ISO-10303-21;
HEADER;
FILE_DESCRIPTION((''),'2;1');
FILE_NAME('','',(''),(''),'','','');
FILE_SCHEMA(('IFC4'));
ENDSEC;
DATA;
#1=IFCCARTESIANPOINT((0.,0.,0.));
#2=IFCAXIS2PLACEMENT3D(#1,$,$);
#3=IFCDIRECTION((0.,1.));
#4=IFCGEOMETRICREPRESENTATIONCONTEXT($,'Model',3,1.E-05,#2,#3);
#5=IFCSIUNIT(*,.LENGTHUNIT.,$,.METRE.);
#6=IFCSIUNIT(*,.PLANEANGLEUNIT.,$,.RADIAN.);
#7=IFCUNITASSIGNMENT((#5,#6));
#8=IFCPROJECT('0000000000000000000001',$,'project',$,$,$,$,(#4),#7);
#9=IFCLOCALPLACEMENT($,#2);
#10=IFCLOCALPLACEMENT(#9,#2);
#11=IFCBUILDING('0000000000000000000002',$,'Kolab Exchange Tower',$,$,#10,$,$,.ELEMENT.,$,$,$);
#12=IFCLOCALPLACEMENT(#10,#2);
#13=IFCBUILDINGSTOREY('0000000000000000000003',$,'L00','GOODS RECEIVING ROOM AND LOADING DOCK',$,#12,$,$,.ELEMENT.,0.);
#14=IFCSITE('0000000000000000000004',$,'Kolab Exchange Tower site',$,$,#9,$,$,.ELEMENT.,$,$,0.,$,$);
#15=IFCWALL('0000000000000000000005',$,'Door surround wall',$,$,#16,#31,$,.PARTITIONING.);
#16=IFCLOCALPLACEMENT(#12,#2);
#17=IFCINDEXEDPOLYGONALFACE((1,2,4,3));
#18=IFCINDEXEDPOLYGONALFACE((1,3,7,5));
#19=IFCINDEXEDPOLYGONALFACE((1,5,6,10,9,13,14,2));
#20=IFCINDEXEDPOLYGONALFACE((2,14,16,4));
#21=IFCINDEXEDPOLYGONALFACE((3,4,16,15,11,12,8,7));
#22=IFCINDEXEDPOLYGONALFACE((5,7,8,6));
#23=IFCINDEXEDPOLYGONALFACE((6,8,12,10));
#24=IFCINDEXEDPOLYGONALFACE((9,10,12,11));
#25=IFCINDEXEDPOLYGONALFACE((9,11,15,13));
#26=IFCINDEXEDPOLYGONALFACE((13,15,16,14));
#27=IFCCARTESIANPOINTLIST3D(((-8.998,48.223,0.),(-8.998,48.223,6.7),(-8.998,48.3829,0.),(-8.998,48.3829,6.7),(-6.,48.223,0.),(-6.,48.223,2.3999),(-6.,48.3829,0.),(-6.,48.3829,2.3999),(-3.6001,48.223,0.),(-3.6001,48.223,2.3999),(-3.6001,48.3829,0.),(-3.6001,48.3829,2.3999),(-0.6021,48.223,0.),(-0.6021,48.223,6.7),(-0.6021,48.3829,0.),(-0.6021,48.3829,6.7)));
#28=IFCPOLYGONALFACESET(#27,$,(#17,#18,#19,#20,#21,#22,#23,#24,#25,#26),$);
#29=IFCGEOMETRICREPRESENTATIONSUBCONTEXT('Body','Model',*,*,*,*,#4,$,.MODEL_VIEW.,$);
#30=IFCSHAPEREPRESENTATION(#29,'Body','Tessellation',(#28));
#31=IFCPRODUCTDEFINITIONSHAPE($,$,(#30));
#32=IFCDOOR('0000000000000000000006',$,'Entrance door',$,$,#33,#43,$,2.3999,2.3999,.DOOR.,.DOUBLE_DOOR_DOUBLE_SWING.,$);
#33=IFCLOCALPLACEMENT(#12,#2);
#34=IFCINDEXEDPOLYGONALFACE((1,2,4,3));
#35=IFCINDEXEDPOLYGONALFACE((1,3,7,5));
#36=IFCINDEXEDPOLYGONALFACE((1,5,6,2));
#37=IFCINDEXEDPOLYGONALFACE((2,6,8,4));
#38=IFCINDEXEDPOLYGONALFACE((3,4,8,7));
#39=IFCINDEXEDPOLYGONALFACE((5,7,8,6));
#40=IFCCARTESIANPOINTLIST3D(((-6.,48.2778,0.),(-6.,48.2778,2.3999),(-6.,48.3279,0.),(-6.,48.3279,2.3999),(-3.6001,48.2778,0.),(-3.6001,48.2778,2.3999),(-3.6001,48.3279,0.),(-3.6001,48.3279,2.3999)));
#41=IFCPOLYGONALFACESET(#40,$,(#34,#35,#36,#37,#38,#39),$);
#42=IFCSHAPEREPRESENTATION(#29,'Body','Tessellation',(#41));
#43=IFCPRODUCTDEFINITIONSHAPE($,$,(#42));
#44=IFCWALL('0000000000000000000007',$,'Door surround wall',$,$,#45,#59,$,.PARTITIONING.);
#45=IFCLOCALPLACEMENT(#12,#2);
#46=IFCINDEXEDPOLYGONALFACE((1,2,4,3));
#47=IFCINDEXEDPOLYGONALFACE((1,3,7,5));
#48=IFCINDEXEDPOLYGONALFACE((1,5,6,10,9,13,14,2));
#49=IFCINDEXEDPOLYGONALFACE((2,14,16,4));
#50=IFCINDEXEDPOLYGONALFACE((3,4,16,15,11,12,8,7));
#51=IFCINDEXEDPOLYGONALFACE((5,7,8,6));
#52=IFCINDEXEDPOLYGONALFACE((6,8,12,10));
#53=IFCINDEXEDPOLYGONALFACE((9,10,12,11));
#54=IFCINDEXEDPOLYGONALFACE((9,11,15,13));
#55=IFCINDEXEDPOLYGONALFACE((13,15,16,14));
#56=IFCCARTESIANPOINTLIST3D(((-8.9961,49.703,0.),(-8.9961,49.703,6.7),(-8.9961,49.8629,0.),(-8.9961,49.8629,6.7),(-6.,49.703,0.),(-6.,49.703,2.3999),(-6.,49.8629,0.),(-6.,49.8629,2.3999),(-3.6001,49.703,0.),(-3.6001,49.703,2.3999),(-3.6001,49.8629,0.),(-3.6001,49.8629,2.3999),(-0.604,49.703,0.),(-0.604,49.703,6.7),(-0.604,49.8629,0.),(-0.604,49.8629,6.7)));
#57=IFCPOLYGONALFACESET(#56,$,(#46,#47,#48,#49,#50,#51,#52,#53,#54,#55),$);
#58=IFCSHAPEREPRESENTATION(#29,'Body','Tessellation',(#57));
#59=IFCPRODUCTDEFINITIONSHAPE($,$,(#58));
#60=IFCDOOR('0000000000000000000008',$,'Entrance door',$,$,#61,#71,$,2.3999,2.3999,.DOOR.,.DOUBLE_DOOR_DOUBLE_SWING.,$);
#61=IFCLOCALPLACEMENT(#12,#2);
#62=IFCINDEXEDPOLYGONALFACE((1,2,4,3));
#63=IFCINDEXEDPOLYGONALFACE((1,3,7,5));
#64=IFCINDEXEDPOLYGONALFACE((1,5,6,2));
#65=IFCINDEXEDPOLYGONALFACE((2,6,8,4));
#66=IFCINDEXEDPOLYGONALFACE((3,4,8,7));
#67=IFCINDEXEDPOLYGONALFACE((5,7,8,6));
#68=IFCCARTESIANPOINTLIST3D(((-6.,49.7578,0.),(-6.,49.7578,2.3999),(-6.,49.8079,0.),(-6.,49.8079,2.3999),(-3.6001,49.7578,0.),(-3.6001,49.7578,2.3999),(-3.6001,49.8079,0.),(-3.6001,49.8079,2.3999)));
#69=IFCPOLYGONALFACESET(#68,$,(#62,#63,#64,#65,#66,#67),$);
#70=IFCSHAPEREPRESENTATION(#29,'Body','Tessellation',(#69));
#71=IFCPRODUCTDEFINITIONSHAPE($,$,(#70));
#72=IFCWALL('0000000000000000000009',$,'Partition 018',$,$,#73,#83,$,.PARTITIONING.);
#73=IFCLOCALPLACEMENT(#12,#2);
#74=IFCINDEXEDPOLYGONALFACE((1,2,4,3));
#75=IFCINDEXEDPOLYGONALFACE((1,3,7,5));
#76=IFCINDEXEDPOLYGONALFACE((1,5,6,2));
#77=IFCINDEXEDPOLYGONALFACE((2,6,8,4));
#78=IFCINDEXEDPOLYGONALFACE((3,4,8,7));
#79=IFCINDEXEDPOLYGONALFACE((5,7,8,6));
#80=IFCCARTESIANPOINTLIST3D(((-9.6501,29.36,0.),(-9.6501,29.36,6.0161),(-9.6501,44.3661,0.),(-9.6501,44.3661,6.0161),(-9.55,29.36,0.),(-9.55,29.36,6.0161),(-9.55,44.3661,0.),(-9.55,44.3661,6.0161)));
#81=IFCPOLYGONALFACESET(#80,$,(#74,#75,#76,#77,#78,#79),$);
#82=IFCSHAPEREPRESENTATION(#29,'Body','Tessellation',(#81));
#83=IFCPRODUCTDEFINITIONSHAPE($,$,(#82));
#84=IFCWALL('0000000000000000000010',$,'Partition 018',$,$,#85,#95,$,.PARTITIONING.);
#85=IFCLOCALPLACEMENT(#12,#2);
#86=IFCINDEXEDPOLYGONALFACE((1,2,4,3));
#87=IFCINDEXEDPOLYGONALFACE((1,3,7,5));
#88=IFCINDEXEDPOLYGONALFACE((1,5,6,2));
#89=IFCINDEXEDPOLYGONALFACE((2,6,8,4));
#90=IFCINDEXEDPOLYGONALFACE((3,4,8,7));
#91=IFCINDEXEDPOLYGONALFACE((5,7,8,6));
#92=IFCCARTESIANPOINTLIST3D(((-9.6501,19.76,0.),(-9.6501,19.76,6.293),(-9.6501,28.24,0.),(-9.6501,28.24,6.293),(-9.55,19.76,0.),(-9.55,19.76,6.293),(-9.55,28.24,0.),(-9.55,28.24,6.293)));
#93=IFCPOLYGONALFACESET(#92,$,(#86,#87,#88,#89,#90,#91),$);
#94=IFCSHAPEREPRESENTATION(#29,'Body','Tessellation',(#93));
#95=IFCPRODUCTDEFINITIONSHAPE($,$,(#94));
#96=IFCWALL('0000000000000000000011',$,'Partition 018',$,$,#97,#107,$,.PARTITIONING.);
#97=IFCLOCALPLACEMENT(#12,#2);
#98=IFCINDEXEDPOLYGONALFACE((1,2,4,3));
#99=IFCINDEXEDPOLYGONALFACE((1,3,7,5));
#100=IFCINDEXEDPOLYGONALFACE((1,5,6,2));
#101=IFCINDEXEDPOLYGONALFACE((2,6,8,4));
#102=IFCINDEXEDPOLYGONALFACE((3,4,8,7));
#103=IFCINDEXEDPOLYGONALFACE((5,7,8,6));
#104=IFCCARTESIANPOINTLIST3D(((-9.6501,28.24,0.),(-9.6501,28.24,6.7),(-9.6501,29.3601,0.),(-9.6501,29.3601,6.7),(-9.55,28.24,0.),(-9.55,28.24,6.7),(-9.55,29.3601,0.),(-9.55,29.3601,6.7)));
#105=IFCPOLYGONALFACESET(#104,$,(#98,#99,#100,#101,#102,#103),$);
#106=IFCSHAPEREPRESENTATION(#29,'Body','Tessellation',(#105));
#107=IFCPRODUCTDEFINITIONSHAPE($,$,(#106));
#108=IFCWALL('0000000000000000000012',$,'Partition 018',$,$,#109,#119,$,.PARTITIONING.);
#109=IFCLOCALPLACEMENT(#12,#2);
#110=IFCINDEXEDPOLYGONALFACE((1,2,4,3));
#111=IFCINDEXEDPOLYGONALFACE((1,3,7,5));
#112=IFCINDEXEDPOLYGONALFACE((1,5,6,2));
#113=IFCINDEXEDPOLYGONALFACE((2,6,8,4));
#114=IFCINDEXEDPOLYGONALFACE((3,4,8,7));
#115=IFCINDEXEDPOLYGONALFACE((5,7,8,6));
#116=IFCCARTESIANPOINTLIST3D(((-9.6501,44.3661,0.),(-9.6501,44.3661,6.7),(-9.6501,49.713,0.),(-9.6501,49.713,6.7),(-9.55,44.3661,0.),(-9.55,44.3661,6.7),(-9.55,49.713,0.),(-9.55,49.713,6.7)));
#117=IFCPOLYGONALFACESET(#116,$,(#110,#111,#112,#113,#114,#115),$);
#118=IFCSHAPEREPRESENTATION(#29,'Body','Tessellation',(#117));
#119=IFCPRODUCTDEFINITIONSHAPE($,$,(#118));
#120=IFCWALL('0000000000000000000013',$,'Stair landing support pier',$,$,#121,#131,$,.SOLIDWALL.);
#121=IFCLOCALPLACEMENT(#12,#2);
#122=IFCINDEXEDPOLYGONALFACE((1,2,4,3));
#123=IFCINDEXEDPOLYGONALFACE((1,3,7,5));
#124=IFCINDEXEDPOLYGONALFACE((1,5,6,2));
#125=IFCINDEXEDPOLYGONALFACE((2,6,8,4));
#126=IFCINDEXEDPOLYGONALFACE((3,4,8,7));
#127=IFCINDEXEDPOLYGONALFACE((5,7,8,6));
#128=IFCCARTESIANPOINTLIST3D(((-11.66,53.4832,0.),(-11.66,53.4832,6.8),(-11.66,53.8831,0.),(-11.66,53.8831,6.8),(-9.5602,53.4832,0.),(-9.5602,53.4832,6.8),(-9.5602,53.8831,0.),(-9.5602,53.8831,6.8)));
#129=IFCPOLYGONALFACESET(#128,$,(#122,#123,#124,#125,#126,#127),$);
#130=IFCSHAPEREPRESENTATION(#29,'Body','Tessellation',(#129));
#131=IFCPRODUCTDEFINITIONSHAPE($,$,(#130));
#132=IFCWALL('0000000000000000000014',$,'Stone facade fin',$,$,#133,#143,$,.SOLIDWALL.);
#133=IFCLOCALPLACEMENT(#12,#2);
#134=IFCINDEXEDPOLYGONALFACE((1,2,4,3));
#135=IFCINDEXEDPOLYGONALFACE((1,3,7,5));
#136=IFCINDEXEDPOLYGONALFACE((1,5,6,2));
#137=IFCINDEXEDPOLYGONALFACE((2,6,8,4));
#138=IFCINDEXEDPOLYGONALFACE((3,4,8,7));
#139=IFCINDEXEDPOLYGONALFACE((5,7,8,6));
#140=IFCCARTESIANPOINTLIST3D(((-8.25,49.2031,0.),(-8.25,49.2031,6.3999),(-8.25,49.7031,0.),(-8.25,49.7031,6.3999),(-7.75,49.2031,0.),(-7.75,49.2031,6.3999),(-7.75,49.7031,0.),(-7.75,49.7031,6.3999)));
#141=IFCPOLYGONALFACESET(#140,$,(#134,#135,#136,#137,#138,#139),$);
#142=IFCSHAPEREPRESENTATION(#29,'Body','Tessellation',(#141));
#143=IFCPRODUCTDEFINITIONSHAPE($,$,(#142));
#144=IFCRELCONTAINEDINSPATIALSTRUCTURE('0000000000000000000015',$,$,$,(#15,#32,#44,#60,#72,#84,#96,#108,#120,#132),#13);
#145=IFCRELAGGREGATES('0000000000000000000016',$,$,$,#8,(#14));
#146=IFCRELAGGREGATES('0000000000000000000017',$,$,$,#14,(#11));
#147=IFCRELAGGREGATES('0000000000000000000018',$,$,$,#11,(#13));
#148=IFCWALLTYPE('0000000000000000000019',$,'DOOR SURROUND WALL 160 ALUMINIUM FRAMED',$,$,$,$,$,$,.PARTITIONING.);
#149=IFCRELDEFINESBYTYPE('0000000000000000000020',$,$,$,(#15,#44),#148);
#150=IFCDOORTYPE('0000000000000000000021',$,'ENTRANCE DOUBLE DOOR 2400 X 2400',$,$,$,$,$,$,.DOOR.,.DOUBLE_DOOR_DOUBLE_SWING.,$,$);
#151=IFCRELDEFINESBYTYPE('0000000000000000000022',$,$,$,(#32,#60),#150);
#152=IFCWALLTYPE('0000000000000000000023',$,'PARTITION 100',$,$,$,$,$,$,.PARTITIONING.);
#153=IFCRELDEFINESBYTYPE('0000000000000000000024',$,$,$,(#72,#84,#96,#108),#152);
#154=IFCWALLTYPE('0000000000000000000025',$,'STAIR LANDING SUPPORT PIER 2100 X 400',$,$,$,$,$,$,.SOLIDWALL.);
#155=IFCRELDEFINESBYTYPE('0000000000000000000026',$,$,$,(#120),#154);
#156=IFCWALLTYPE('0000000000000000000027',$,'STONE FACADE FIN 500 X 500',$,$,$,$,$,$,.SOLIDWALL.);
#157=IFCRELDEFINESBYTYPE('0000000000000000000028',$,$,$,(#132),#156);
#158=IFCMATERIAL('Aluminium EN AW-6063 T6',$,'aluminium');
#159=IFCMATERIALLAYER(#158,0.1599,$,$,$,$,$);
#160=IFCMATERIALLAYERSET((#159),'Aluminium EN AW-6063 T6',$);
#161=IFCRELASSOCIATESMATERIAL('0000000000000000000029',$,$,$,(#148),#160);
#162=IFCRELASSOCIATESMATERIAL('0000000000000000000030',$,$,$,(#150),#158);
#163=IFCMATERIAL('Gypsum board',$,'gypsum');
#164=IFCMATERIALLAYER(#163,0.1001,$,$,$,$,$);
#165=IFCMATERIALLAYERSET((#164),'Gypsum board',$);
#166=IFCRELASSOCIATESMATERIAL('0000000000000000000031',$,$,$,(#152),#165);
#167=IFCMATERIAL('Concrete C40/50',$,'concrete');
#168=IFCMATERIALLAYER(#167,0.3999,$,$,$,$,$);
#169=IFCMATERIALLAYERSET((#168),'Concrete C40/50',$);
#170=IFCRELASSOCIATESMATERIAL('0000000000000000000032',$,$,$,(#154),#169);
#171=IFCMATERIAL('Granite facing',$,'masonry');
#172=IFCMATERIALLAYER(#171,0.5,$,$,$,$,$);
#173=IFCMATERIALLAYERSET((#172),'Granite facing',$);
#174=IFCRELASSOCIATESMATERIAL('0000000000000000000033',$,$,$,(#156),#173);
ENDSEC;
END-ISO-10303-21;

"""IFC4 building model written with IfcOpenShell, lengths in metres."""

from ifc_helpers import new_model, si_unit, direction, frame, frame_2d, origin, place, context, subcontext, project, spatial, rectangle, extrude, material, layer, layer_set, type_object, element, fill, save


model = new_model("IFC4")

# Units and contexts
model_context = context("Model", 3, precision=1e-05, world=origin(), true_north=direction((0.0, 1.0)))
body_context = subcontext(model_context, "Body", "Model", "MODEL_VIEW")
ifc_project = project(units=[si_unit("LENGTHUNIT", "METRE"), si_unit("PLANEANGLEUNIT", "RADIAN")], contexts=[model_context])

# Site, building, storey
site_placement = place(None, origin())
site = spatial("IfcSite", under=ifc_project, at=site_placement, Name="Kolab Exchange Tower site", CompositionType="ELEMENT", RefElevation=0.0)
building_placement = place(site_placement, origin())
building = spatial("IfcBuilding", under=site, at=building_placement, Name="Kolab Exchange Tower", CompositionType="ELEMENT")
storey_placement = place(building_placement, origin())
storey = spatial("IfcBuildingStorey", under=building, at=storey_placement, Name="L00", Description="GOODS RECEIVING ROOM AND LOADING DOCK", CompositionType="ELEMENT", Elevation=0.0)

# Walls, openings, doors
ifc_material_1 = material(Name="Aluminium EN AW-6063 T6", Category="aluminium")
ifc_layer_1 = layer(ifc_material_1, 0.1599)
ifc_layer_set_1 = layer_set([ifc_layer_1], Name="Aluminium EN AW-6063 T6")
wall_type_1 = type_object("IfcWallType", Name="DOOR SURROUND WALL 160 ALUMINIUM FRAMED", PredefinedType="PARTITIONING", material=ifc_layer_set_1)
wall_1_placement = place(storey_placement, frame((-8.998, 48.303, 0.0), z_axis=(0.0, 0.0, 1.0), x_axis=(1.0, 0.0, 0.0)))
wall_1 = element("IfcWall", 1, at=wall_1_placement, inside=storey, type_object=wall_type_1, Name="Door surround wall", PredefinedType="PARTITIONING", context=body_context, shape_type="SweptSolid", body=[
    extrude(rectangle(XDim=8.396, YDim=0.1599, at=frame_2d((4.198, 0.0))), origin(), (0.0, 0.0, 1.0), 6.7),
])
opening_1_placement = place(wall_1_placement, frame((2.998, 0.0, 0.0)))
opening_1 = element("IfcOpeningElement", 2, at=opening_1_placement, cuts=wall_1, PredefinedType="OPENING", context=body_context, shape_type="SweptSolid", body=[
    extrude(rectangle(XDim=2.3999, YDim=2.3999, at=frame_2d((1.2, 1.2))), frame((0.0, 0.0898, 0.0), z_axis=(0.0, -1.0, 0.0), x_axis=(1.0, 0.0, 0.0)), (0.0, 0.0, 1.0), 0.1799),
])
door_type = type_object("IfcDoorType", Name="ENTRANCE DOUBLE DOOR 2400 X 2400", OperationType="DOUBLE_DOOR_DOUBLE_SWING", PredefinedType="DOOR", material=ifc_material_1)
door_1_placement = place(opening_1_placement, origin())
door_1 = element("IfcDoor", 3, at=door_1_placement, inside=storey, type_object=door_type, Name="Entrance door", OperationType="DOUBLE_DOOR_DOUBLE_SWING", OverallHeight=2.3999, OverallWidth=2.3999, PredefinedType="DOOR", context=body_context, shape_type="SweptSolid", body=[
    extrude(rectangle(XDim=2.3999, YDim=2.3999, at=frame_2d((1.2, 1.2))), frame((0.0, 0.0249, 0.0), z_axis=(0.0, -1.0, 0.0), x_axis=(1.0, 0.0, 0.0)), (0.0, 0.0, 1.0), 0.05),
])
fill(opening_1, door_1)
wall_2_placement = place(storey_placement, frame((-8.9961, 49.783, 0.0), z_axis=(0.0, 0.0, 1.0), x_axis=(1.0, 0.0, 0.0)))
wall_2 = element("IfcWall", 4, at=wall_2_placement, inside=storey, type_object=wall_type_1, Name="Door surround wall", PredefinedType="PARTITIONING", context=body_context, shape_type="SweptSolid", body=[
    extrude(rectangle(XDim=8.3921, YDim=0.1599, at=frame_2d((4.196, 0.0))), origin(), (0.0, 0.0, 1.0), 6.7),
])
opening_2_placement = place(wall_2_placement, frame((2.9961, 0.0, 0.0)))
opening_2 = element("IfcOpeningElement", 5, at=opening_2_placement, cuts=wall_2, PredefinedType="OPENING", context=body_context, shape_type="SweptSolid", body=[
    extrude(rectangle(XDim=2.3999, YDim=2.3999, at=frame_2d((1.2, 1.2))), frame((0.0, 0.0898, 0.0), z_axis=(0.0, -1.0, 0.0), x_axis=(1.0, 0.0, 0.0)), (0.0, 0.0, 1.0), 0.1799),
])
door_2_placement = place(opening_2_placement, origin())
door_2 = element("IfcDoor", 6, at=door_2_placement, inside=storey, type_object=door_type, Name="Entrance door", OperationType="DOUBLE_DOOR_DOUBLE_SWING", OverallHeight=2.3999, OverallWidth=2.3999, PredefinedType="DOOR", context=body_context, shape_type="SweptSolid", body=[
    extrude(rectangle(XDim=2.3999, YDim=2.3999, at=frame_2d((1.2, 1.2))), frame((0.0, 0.0249, 0.0), z_axis=(0.0, -1.0, 0.0), x_axis=(1.0, 0.0, 0.0)), (0.0, 0.0, 1.0), 0.05),
])
fill(opening_2, door_2)

# Walls
ifc_material_2 = material(Name="Gypsum board", Category="gypsum")
ifc_layer_2 = layer(ifc_material_2, 0.1001)
ifc_layer_set_2 = layer_set([ifc_layer_2], Name="Gypsum board")
wall_type_2 = type_object("IfcWallType", Name="PARTITION 100", PredefinedType="PARTITIONING", material=ifc_layer_set_2)
wall_3_placement = place(storey_placement, frame((-9.6001, 29.3601, 0.0), z_axis=(0.0, 0.0, 1.0), x_axis=(0.0, 1.0, 0.0)))
element("IfcWall", 7, at=wall_3_placement, inside=storey, type_object=wall_type_2, Name="Partition 018", PredefinedType="PARTITIONING", context=body_context, shape_type="SweptSolid", body=[
    extrude(rectangle(XDim=15.0061, YDim=0.1001, at=frame_2d((7.5029, 0.0))), origin(), (0.0, 0.0, 1.0), 6.0161),
])
wall_4_placement = place(storey_placement, frame((-9.6001, 19.76, 0.0), z_axis=(0.0, 0.0, 1.0), x_axis=(0.0, 1.0, 0.0)))
element("IfcWall", 8, at=wall_4_placement, inside=storey, type_object=wall_type_2, Name="Partition 018", PredefinedType="PARTITIONING", context=body_context, shape_type="SweptSolid", body=[
    extrude(rectangle(XDim=8.48, YDim=0.1001, at=frame_2d((4.24, 0.0))), origin(), (0.0, 0.0, 1.0), 6.293),
])
wall_5_placement = place(storey_placement, frame((-9.6001, 28.24, 0.0), z_axis=(0.0, 0.0, 1.0), x_axis=(0.0, 1.0, 0.0)))
element("IfcWall", 9, at=wall_5_placement, inside=storey, type_object=wall_type_2, Name="Partition 018", PredefinedType="PARTITIONING", context=body_context, shape_type="SweptSolid", body=[
    extrude(rectangle(XDim=1.1201, YDim=0.1001, at=frame_2d((0.5601, 0.0))), origin(), (0.0, 0.0, 1.0), 6.7),
])
wall_6_placement = place(storey_placement, frame((-9.6001, 44.3662, 0.0), z_axis=(0.0, 0.0, 1.0), x_axis=(0.0, 1.0, 0.0)))
element("IfcWall", 10, at=wall_6_placement, inside=storey, type_object=wall_type_2, Name="Partition 018", PredefinedType="PARTITIONING", context=body_context, shape_type="SweptSolid", body=[
    extrude(rectangle(XDim=5.3469, YDim=0.1001, at=frame_2d((2.6733, 0.0))), origin(), (0.0, 0.0, 1.0), 6.7),
])
ifc_material_3 = material(Name="Concrete C40/50", Category="concrete")
ifc_layer_3 = layer(ifc_material_3, 0.3999)
ifc_layer_set_3 = layer_set([ifc_layer_3], Name="Concrete C40/50")
wall_type_3 = type_object("IfcWallType", Name="STAIR LANDING SUPPORT PIER 2100 X 400", PredefinedType="SOLIDWALL", material=ifc_layer_set_3)
wall_7_placement = place(storey_placement, frame((-11.6599, 53.6831, 0.0), z_axis=(0.0, 0.0, 1.0), x_axis=(1.0, 0.0, 0.0)))
element("IfcWall", 11, at=wall_7_placement, inside=storey, type_object=wall_type_3, Name="Stair landing support pier", PredefinedType="SOLIDWALL", context=body_context, shape_type="SweptSolid", body=[
    extrude(rectangle(XDim=2.0999, YDim=0.3999, at=frame_2d((1.0498, 0.0))), origin(), (0.0, 0.0, 1.0), 6.8),
])
ifc_material_4 = material(Name="Granite facing", Category="masonry")
ifc_layer_4 = layer(ifc_material_4, 0.5)
ifc_layer_set_4 = layer_set([ifc_layer_4], Name="Granite facing")
wall_type_4 = type_object("IfcWallType", Name="STONE FACADE FIN 500 X 500", PredefinedType="SOLIDWALL", material=ifc_layer_set_4)
wall_8_placement = place(storey_placement, frame((-8.25, 49.4531, 0.0), z_axis=(0.0, 0.0, 1.0), x_axis=(1.0, 0.0, 0.0)))
element("IfcWall", 12, at=wall_8_placement, inside=storey, type_object=wall_type_4, Name="Stone facade fin", PredefinedType="SOLIDWALL", context=body_context, shape_type="SweptSolid", body=[
    extrude(rectangle(XDim=0.5, YDim=0.5, at=frame_2d((0.25, 0.0))), origin(), (0.0, 0.0, 1.0), 6.3999),
])

save(model, "model.ifc")
